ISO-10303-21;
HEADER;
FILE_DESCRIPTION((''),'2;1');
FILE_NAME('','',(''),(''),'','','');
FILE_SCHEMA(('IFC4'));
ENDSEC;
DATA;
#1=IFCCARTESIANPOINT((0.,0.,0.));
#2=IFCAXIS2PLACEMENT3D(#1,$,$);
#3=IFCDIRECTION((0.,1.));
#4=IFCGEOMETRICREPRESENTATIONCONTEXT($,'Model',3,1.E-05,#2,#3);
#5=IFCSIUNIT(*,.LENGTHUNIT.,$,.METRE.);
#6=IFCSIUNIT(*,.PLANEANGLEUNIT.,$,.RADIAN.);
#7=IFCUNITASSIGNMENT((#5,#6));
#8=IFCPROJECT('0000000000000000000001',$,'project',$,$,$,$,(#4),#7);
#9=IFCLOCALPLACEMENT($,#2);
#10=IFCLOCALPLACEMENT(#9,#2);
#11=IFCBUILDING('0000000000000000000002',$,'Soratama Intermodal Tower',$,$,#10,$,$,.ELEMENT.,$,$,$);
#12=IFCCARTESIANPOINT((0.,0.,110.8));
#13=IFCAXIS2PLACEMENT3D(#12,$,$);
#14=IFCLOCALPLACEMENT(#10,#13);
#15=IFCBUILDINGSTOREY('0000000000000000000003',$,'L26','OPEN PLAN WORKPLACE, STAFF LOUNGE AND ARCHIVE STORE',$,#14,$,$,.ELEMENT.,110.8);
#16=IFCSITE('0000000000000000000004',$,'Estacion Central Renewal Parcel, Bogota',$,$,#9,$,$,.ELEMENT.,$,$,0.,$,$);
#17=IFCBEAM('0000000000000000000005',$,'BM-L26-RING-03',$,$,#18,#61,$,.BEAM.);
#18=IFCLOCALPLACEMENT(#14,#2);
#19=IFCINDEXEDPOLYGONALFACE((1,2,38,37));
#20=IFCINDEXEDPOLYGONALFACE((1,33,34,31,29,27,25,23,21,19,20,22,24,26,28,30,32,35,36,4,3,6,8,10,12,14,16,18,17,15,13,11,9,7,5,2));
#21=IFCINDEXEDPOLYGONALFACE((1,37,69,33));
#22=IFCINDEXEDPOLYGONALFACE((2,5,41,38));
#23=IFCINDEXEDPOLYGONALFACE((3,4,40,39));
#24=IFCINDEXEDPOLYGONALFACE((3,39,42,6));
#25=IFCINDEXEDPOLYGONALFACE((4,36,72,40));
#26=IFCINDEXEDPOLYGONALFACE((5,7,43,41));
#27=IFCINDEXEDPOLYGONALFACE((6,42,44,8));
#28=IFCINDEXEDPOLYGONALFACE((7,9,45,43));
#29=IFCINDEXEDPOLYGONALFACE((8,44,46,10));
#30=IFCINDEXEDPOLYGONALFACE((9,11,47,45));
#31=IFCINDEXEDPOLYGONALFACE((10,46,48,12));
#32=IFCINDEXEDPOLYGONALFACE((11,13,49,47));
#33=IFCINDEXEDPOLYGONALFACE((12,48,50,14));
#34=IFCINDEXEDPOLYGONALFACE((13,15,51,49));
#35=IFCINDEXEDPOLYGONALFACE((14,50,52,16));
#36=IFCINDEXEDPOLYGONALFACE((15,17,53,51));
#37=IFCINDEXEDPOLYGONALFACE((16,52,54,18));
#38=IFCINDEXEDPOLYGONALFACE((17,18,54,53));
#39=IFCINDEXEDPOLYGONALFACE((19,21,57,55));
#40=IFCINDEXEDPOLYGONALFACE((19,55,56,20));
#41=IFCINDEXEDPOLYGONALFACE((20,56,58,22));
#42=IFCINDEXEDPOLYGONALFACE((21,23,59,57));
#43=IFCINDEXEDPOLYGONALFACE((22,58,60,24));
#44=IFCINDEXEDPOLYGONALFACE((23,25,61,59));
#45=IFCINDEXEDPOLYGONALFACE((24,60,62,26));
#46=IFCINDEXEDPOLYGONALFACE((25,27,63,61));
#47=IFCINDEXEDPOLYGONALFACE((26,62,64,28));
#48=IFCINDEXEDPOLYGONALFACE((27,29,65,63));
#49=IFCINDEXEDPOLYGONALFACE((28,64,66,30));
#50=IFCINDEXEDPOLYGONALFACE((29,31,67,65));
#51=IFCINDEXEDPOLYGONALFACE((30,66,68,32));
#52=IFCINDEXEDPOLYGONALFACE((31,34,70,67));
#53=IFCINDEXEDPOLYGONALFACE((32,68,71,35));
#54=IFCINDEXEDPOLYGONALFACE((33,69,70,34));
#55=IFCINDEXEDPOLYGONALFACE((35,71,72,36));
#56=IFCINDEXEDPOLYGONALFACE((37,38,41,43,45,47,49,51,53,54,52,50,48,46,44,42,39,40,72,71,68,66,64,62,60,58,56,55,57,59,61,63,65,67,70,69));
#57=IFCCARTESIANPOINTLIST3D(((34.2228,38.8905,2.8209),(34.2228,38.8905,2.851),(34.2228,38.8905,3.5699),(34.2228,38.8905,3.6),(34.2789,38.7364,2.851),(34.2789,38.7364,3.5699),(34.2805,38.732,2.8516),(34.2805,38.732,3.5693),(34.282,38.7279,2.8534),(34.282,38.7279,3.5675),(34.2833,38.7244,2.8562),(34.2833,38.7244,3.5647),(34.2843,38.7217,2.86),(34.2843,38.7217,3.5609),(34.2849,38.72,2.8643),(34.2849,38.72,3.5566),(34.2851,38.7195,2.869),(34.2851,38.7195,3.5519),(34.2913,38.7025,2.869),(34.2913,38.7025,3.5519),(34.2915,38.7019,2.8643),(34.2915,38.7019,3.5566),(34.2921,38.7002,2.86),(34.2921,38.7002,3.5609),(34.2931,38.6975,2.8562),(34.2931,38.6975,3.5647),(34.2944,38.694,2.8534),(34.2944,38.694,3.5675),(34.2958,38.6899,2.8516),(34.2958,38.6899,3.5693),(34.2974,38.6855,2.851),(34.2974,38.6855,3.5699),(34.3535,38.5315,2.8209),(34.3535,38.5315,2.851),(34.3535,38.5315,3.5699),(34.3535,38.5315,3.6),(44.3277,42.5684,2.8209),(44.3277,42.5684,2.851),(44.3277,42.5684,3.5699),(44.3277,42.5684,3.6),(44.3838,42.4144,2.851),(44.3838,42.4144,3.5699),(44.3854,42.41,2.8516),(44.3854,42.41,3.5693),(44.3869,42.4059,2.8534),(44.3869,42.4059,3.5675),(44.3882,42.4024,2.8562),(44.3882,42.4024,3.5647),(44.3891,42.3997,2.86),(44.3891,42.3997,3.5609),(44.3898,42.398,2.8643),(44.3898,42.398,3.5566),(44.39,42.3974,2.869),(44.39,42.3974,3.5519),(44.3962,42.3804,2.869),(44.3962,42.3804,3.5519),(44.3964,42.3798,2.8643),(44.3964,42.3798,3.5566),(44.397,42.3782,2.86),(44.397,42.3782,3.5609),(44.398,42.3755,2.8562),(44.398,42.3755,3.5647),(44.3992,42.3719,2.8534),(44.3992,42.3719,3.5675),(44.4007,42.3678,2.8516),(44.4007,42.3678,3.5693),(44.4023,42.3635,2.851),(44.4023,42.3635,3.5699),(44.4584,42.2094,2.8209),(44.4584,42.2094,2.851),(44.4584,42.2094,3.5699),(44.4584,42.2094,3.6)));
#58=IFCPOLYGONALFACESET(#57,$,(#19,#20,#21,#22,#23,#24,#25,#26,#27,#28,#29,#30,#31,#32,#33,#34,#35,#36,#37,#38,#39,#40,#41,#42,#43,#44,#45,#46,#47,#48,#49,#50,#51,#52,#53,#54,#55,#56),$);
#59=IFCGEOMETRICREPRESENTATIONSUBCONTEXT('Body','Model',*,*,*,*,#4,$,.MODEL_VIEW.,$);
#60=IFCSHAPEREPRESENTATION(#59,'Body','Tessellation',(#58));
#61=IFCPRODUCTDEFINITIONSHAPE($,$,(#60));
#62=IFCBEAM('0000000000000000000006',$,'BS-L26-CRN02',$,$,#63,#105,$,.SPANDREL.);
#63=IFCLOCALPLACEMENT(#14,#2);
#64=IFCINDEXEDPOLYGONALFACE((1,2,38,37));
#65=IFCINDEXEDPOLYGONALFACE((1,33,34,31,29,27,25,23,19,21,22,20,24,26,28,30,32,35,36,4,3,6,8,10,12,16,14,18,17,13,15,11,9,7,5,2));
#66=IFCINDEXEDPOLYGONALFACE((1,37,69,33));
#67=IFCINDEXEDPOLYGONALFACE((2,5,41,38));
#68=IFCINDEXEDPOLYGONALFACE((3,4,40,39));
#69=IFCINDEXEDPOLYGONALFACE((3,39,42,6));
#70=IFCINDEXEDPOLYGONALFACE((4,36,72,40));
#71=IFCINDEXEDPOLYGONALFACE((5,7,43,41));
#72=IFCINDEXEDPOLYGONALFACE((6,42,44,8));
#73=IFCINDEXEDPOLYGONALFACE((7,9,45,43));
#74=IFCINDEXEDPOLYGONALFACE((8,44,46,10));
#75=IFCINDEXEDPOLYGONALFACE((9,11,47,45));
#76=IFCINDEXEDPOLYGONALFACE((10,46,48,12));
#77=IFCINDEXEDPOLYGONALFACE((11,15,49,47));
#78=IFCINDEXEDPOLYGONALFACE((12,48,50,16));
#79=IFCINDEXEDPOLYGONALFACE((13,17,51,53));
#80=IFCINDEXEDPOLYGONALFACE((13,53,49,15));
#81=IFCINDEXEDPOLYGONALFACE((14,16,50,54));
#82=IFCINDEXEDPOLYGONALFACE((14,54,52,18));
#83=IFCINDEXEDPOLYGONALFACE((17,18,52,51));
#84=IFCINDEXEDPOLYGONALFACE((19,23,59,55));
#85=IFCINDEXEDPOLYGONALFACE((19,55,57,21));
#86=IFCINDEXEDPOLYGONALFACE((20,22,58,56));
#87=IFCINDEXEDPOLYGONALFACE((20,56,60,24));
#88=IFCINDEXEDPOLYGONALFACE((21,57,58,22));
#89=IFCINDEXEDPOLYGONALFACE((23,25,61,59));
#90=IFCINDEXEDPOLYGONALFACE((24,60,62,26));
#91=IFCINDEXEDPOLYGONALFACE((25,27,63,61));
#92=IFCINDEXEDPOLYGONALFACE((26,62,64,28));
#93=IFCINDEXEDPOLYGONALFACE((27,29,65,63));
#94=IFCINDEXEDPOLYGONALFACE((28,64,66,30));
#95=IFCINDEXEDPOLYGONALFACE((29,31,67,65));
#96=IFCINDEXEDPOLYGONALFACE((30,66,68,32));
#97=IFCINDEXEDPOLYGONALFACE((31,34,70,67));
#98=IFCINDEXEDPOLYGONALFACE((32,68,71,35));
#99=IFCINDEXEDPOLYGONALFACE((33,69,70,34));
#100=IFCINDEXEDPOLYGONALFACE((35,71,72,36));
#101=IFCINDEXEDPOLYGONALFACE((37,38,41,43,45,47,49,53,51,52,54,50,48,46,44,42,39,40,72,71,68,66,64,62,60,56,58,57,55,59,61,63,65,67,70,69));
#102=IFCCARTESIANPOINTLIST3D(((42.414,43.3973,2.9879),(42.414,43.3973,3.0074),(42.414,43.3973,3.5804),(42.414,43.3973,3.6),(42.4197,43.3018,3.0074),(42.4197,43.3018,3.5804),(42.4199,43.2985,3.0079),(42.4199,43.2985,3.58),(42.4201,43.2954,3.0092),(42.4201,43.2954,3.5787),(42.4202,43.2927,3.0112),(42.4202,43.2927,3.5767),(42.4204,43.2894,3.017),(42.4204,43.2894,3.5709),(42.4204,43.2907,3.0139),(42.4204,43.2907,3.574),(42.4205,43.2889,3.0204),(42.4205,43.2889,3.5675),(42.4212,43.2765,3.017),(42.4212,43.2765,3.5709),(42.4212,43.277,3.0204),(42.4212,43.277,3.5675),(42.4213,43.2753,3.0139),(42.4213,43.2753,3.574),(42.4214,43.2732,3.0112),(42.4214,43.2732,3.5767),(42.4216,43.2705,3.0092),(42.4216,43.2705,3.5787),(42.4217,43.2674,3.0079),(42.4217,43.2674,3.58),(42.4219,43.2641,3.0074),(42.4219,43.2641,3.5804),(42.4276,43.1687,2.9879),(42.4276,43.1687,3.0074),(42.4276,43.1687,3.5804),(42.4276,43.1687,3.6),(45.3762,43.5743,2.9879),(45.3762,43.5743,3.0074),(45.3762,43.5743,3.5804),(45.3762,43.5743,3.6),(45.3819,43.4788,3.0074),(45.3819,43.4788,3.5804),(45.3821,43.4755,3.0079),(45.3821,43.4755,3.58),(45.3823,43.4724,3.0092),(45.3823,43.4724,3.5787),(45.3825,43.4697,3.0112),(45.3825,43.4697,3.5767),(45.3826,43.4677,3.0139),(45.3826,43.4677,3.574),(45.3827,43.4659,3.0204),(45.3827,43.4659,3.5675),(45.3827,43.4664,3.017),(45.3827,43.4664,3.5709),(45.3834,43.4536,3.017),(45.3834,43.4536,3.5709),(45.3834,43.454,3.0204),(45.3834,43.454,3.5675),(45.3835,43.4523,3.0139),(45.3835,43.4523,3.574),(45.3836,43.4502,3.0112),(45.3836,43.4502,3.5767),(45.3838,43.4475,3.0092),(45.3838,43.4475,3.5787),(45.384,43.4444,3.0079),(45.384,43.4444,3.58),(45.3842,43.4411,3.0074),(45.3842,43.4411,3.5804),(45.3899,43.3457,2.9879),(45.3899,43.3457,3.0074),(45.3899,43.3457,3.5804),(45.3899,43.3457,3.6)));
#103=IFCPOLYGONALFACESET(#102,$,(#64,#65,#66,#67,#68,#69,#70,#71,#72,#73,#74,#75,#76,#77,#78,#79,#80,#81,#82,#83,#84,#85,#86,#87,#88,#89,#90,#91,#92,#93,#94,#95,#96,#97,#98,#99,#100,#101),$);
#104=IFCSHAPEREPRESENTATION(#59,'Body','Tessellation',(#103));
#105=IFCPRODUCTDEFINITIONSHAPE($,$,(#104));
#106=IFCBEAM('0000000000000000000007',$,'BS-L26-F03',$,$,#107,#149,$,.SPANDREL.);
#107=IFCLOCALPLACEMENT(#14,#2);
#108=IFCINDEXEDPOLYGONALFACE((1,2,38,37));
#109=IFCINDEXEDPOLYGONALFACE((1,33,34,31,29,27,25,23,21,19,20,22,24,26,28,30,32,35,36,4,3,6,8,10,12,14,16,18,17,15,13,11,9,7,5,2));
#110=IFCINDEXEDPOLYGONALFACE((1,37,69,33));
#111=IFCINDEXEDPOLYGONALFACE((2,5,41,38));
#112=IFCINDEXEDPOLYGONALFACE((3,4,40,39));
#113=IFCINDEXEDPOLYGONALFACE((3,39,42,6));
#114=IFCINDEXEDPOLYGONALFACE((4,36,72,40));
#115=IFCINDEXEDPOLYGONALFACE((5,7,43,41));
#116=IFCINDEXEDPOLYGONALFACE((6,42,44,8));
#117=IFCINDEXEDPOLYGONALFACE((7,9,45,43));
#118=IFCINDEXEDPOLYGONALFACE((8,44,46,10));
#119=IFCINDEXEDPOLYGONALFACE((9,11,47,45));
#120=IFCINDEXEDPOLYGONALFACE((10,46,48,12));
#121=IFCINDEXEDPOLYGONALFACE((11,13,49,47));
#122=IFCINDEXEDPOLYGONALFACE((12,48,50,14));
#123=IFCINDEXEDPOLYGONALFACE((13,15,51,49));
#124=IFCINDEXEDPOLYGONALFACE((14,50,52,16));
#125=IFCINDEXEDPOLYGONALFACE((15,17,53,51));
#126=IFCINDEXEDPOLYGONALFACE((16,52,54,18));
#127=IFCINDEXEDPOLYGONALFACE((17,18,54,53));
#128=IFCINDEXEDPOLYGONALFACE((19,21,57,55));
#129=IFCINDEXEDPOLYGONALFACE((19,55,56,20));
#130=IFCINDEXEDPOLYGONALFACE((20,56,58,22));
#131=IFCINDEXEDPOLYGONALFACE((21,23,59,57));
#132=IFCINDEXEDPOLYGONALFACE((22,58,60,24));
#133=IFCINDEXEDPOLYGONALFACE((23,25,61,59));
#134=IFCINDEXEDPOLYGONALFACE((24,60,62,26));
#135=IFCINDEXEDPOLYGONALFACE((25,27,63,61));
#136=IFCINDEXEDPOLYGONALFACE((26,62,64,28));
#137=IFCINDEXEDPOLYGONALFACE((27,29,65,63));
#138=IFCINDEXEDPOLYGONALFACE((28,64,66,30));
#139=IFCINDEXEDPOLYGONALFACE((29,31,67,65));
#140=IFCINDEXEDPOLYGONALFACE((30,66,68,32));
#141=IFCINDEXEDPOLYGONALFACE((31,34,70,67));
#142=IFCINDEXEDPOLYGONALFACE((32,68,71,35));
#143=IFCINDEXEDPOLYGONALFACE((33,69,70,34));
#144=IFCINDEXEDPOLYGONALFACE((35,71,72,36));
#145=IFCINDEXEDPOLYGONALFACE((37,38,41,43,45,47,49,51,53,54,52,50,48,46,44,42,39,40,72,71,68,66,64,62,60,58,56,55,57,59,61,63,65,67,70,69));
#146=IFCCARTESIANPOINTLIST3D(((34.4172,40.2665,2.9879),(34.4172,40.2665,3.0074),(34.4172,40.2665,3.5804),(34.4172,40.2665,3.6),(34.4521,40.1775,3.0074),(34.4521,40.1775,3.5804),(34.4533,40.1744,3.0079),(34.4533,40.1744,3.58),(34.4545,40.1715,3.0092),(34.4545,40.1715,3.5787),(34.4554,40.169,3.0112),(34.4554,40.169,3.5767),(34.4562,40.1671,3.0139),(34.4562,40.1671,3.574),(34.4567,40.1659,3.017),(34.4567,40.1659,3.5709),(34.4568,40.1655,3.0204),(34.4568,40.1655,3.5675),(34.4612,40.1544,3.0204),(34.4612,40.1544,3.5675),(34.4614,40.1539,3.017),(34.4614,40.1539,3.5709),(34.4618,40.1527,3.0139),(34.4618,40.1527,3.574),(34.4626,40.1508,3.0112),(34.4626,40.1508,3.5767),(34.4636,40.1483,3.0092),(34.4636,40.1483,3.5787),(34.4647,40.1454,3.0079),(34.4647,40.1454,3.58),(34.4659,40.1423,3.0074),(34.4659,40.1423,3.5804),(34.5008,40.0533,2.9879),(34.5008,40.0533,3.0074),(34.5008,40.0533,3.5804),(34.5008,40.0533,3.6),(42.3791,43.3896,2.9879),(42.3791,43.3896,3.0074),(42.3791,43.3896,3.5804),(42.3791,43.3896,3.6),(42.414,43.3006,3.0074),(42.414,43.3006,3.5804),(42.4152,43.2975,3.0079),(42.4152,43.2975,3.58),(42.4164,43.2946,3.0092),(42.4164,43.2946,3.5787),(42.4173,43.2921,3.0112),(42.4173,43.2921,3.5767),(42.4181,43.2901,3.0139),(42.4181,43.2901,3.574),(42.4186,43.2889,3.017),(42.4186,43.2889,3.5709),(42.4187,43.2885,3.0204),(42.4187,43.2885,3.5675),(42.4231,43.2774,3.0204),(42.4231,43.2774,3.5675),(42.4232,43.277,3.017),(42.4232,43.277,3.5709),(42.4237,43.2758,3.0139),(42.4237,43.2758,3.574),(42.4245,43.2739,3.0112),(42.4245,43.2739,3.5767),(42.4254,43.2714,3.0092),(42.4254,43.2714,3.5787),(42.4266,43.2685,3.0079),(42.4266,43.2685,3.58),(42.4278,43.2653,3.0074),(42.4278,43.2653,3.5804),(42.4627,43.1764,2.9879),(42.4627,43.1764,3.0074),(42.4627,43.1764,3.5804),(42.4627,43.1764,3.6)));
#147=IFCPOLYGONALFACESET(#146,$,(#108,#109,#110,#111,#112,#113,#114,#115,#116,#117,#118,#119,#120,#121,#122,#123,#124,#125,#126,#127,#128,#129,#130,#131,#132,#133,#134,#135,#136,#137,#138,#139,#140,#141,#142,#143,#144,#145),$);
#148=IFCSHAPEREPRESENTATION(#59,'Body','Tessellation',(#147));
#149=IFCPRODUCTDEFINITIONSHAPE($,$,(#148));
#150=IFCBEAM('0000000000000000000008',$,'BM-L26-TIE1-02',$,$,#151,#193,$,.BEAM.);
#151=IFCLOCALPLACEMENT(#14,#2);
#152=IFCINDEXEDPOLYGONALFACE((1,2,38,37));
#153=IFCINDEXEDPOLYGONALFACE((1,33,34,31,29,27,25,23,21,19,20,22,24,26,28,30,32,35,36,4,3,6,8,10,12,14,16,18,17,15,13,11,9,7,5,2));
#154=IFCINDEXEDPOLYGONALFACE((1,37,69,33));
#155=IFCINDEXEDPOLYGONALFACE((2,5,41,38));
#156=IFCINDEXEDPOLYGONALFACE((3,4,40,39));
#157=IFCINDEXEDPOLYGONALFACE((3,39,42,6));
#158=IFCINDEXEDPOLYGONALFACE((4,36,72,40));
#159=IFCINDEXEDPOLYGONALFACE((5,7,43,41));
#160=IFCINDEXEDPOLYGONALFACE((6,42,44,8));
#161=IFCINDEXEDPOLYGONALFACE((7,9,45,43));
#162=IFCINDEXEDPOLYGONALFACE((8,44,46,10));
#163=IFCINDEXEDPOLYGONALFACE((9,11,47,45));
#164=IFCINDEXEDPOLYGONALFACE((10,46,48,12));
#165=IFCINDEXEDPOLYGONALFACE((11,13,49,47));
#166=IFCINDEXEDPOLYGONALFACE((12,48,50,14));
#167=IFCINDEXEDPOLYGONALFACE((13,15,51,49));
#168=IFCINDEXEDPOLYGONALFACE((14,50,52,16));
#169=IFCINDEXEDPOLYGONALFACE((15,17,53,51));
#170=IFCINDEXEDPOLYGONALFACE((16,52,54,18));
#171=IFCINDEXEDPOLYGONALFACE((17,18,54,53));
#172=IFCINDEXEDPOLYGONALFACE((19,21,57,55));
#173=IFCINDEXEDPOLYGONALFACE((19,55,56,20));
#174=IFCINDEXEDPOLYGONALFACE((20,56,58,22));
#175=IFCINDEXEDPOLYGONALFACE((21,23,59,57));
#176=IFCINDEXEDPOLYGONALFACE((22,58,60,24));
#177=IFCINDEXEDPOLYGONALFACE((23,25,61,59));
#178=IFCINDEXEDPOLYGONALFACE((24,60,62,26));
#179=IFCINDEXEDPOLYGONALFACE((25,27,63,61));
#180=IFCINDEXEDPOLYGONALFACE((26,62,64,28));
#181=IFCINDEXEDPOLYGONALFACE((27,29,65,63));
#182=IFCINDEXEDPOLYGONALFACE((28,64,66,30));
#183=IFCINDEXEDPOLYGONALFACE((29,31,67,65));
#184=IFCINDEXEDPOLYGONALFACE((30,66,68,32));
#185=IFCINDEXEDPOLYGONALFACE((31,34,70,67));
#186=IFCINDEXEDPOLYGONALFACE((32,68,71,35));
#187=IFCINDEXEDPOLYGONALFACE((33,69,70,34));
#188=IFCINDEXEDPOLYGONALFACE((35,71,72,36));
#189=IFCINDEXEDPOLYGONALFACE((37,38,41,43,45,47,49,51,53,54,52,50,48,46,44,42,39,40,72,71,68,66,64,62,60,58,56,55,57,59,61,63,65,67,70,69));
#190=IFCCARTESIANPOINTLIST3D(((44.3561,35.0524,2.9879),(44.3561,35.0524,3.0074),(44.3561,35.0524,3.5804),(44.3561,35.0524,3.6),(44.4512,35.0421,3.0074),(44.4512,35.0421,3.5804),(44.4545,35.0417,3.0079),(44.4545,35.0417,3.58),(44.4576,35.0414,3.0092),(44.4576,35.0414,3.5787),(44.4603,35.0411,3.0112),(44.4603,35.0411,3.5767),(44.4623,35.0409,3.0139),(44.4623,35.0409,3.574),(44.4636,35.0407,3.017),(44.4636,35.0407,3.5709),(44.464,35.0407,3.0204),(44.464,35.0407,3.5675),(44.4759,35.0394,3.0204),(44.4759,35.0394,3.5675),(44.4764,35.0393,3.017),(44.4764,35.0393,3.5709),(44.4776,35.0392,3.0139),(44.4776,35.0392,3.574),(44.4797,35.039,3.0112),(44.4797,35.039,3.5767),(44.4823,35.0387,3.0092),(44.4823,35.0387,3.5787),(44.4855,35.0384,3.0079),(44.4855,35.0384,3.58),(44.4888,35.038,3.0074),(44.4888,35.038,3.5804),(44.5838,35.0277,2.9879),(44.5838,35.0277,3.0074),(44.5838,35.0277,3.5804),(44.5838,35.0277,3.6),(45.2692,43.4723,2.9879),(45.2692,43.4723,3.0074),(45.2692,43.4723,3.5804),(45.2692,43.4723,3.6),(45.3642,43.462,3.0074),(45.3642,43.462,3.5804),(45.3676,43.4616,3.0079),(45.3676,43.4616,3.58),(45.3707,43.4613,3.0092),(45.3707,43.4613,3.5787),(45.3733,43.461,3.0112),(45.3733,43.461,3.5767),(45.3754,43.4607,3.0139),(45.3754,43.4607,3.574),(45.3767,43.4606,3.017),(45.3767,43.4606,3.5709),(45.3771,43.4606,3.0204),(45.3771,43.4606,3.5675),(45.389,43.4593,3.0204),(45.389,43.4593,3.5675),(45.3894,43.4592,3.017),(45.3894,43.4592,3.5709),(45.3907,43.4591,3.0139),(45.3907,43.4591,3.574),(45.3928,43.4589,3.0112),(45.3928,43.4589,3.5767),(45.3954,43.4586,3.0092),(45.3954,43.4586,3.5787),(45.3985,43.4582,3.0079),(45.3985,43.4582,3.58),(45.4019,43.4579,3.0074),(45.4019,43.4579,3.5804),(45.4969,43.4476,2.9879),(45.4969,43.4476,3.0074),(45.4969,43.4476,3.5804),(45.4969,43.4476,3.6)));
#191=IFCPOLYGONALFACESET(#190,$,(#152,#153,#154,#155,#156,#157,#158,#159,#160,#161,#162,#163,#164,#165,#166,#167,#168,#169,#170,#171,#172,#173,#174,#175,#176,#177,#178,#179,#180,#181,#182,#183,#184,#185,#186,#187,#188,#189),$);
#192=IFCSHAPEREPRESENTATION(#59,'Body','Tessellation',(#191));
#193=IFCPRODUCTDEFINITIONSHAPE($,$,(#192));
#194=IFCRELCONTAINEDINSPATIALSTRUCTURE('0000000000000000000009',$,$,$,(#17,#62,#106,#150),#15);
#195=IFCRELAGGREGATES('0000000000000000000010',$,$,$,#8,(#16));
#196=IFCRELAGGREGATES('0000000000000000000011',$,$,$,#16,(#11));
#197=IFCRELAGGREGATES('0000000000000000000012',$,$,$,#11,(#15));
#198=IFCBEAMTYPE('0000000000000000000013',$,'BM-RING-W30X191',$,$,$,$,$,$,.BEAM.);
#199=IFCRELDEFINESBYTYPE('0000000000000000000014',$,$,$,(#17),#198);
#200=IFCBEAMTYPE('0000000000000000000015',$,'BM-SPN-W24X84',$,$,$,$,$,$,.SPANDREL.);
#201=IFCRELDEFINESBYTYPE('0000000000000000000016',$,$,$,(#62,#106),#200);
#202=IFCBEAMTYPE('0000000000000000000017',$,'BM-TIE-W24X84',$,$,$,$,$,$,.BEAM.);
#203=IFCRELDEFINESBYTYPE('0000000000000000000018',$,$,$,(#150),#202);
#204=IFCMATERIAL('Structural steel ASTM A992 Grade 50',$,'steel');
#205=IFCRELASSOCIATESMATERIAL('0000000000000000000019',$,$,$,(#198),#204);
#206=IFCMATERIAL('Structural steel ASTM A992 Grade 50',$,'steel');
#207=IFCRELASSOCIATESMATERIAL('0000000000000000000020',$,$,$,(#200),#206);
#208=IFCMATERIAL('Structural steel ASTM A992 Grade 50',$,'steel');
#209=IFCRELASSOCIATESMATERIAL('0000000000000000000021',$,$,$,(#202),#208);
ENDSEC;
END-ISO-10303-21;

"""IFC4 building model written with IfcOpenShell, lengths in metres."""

from ifc_helpers import new_model, si_unit, direction, frame, origin, origin_2d, place, context, subcontext, project, spatial, i_section, extrude, material, material_profile, profile_set, type_object, element, save


model = new_model("IFC4")

# Units and contexts
model_context = context("Model", 3, precision=1e-05, world=origin(), true_north=direction((0.0, 1.0)))
body_context = subcontext(model_context, "Body", "Model", "MODEL_VIEW")
ifc_project = project(units=[si_unit("LENGTHUNIT", "METRE"), si_unit("PLANEANGLEUNIT", "RADIAN")], contexts=[model_context])

# Site, building, storey
site_placement = place(None, origin())
site = spatial("IfcSite", under=ifc_project, at=site_placement, Name="Estacion Central Renewal Parcel, Bogota", CompositionType="ELEMENT", RefElevation=0.0)
building_placement = place(site_placement, origin())
building = spatial("IfcBuilding", under=site, at=building_placement, Name="Soratama Intermodal Tower", CompositionType="ELEMENT")
storey_placement = place(building_placement, frame((0.0, 0.0, 110.8)))
storey = spatial("IfcBuildingStorey", under=building, at=storey_placement, Name="L26", Description="OPEN PLAN WORKPLACE, STAFF LOUNGE AND ARCHIVE STORE", CompositionType="ELEMENT", Elevation=110.8)

# Beams
ifc_material_1 = material(Name="Structural steel ASTM A992 Grade 50", Category="steel")
ifc_material_profile_1 = material_profile(ifc_material_1, i_section(OverallWidth=0.3821, OverallDepth=0.7791, WebThickness=0.0181, FlangeThickness=0.03, FilletRadius=0.0181, at=origin_2d()), Name="W30X191")
ifc_profile_set_1 = profile_set([ifc_material_profile_1], Name="Structural steel ASTM A992 Grade 50")
beam_type_1 = type_object("IfcBeamType", Name="BM-RING-W30X191", PredefinedType="BEAM", material=ifc_profile_set_1)
beam_1_placement = place(storey_placement, frame((44.3931, 42.3889, 3.2104), z_axis=(-0.939691, -0.342026, 0.0), x_axis=(0.342026, -0.939691, 0.0)))
element("IfcBeam", 1, at=beam_1_placement, inside=storey, type_object=beam_type_1, Name="BM-L26-RING-03", PredefinedType="BEAM", context=body_context, shape_type="SweptSolid", body=[
    extrude(i_section(OverallWidth=0.3821, OverallDepth=0.7791, WebThickness=0.0181, FlangeThickness=0.03, FilletRadius=0.0181, at=origin_2d()), origin(), (0.0, 0.0, 1.0), 10.7534),
])
ifc_material_2 = material(Name="Structural steel ASTM A992 Grade 50", Category="steel")
ifc_material_profile_2 = material_profile(ifc_material_2, i_section(OverallWidth=0.229, OverallDepth=0.6121, WebThickness=0.012, FlangeThickness=0.0195, FilletRadius=0.0129, at=origin_2d()), Name="W24X84")
ifc_profile_set_2 = profile_set([ifc_material_profile_2], Name="Structural steel ASTM A992 Grade 50")
beam_type_2 = type_object("IfcBeamType", Name="BM-SPN-W24X84", PredefinedType="SPANDREL", material=ifc_profile_set_2)
beam_2_placement = place(storey_placement, frame((45.3831, 43.46, 3.2939), z_axis=(-0.998219, -0.059648, 0.0), x_axis=(0.059648, -0.998219, 0.0)))
element("IfcBeam", 2, at=beam_2_placement, inside=storey, type_object=beam_type_2, Name="BS-L26-CRN02", PredefinedType="SPANDREL", context=body_context, shape_type="SweptSolid", body=[
    extrude(i_section(OverallWidth=0.229, OverallDepth=0.6121, WebThickness=0.012, FlangeThickness=0.0195, FilletRadius=0.0129, at=origin_2d()), origin(), (0.0, 0.0, 1.0), 2.9675),
])
beam_3_placement = place(storey_placement, frame((42.4209, 43.283, 3.2939), z_axis=(-0.930944, -0.365161, 0.0), x_axis=(0.365161, -0.930944, 0.0)))
element("IfcBeam", 3, at=beam_3_placement, inside=storey, type_object=beam_type_2, Name="BS-L26-F03", PredefinedType="SPANDREL", context=body_context, shape_type="SweptSolid", body=[
    extrude(i_section(OverallWidth=0.229, OverallDepth=0.6121, WebThickness=0.012, FlangeThickness=0.0195, FilletRadius=0.0129, at=origin_2d()), origin(), (0.0, 0.0, 1.0), 8.5525),
])
ifc_material_3 = material(Name="Structural steel ASTM A992 Grade 50", Category="steel")
ifc_material_profile_3 = material_profile(ifc_material_3, i_section(OverallWidth=0.229, OverallDepth=0.6121, WebThickness=0.012, FlangeThickness=0.0195, FilletRadius=0.0129, at=origin_2d()), Name="W24X84")
ifc_profile_set_3 = profile_set([ifc_material_profile_3], Name="Structural steel ASTM A992 Grade 50")
beam_type_3 = type_object("IfcBeamType", Name="BM-TIE-W24X84", PredefinedType="BEAM", material=ifc_profile_set_3)
beam_4_placement = place(storey_placement, frame((44.47, 35.04, 3.2939), z_axis=(0.107811, 0.994171, 0.0), x_axis=(-0.994171, 0.107811, 0.0)))
element("IfcBeam", 4, at=beam_4_placement, inside=storey, type_object=beam_type_3, Name="BM-L26-TIE1-02", PredefinedType="BEAM", context=body_context, shape_type="SweptSolid", body=[
    extrude(i_section(OverallWidth=0.229, OverallDepth=0.6121, WebThickness=0.012, FlangeThickness=0.0195, FilletRadius=0.0129, at=origin_2d()), origin(), (0.0, 0.0, 1.0), 8.4692),
])

save(model, "model.ifc")
